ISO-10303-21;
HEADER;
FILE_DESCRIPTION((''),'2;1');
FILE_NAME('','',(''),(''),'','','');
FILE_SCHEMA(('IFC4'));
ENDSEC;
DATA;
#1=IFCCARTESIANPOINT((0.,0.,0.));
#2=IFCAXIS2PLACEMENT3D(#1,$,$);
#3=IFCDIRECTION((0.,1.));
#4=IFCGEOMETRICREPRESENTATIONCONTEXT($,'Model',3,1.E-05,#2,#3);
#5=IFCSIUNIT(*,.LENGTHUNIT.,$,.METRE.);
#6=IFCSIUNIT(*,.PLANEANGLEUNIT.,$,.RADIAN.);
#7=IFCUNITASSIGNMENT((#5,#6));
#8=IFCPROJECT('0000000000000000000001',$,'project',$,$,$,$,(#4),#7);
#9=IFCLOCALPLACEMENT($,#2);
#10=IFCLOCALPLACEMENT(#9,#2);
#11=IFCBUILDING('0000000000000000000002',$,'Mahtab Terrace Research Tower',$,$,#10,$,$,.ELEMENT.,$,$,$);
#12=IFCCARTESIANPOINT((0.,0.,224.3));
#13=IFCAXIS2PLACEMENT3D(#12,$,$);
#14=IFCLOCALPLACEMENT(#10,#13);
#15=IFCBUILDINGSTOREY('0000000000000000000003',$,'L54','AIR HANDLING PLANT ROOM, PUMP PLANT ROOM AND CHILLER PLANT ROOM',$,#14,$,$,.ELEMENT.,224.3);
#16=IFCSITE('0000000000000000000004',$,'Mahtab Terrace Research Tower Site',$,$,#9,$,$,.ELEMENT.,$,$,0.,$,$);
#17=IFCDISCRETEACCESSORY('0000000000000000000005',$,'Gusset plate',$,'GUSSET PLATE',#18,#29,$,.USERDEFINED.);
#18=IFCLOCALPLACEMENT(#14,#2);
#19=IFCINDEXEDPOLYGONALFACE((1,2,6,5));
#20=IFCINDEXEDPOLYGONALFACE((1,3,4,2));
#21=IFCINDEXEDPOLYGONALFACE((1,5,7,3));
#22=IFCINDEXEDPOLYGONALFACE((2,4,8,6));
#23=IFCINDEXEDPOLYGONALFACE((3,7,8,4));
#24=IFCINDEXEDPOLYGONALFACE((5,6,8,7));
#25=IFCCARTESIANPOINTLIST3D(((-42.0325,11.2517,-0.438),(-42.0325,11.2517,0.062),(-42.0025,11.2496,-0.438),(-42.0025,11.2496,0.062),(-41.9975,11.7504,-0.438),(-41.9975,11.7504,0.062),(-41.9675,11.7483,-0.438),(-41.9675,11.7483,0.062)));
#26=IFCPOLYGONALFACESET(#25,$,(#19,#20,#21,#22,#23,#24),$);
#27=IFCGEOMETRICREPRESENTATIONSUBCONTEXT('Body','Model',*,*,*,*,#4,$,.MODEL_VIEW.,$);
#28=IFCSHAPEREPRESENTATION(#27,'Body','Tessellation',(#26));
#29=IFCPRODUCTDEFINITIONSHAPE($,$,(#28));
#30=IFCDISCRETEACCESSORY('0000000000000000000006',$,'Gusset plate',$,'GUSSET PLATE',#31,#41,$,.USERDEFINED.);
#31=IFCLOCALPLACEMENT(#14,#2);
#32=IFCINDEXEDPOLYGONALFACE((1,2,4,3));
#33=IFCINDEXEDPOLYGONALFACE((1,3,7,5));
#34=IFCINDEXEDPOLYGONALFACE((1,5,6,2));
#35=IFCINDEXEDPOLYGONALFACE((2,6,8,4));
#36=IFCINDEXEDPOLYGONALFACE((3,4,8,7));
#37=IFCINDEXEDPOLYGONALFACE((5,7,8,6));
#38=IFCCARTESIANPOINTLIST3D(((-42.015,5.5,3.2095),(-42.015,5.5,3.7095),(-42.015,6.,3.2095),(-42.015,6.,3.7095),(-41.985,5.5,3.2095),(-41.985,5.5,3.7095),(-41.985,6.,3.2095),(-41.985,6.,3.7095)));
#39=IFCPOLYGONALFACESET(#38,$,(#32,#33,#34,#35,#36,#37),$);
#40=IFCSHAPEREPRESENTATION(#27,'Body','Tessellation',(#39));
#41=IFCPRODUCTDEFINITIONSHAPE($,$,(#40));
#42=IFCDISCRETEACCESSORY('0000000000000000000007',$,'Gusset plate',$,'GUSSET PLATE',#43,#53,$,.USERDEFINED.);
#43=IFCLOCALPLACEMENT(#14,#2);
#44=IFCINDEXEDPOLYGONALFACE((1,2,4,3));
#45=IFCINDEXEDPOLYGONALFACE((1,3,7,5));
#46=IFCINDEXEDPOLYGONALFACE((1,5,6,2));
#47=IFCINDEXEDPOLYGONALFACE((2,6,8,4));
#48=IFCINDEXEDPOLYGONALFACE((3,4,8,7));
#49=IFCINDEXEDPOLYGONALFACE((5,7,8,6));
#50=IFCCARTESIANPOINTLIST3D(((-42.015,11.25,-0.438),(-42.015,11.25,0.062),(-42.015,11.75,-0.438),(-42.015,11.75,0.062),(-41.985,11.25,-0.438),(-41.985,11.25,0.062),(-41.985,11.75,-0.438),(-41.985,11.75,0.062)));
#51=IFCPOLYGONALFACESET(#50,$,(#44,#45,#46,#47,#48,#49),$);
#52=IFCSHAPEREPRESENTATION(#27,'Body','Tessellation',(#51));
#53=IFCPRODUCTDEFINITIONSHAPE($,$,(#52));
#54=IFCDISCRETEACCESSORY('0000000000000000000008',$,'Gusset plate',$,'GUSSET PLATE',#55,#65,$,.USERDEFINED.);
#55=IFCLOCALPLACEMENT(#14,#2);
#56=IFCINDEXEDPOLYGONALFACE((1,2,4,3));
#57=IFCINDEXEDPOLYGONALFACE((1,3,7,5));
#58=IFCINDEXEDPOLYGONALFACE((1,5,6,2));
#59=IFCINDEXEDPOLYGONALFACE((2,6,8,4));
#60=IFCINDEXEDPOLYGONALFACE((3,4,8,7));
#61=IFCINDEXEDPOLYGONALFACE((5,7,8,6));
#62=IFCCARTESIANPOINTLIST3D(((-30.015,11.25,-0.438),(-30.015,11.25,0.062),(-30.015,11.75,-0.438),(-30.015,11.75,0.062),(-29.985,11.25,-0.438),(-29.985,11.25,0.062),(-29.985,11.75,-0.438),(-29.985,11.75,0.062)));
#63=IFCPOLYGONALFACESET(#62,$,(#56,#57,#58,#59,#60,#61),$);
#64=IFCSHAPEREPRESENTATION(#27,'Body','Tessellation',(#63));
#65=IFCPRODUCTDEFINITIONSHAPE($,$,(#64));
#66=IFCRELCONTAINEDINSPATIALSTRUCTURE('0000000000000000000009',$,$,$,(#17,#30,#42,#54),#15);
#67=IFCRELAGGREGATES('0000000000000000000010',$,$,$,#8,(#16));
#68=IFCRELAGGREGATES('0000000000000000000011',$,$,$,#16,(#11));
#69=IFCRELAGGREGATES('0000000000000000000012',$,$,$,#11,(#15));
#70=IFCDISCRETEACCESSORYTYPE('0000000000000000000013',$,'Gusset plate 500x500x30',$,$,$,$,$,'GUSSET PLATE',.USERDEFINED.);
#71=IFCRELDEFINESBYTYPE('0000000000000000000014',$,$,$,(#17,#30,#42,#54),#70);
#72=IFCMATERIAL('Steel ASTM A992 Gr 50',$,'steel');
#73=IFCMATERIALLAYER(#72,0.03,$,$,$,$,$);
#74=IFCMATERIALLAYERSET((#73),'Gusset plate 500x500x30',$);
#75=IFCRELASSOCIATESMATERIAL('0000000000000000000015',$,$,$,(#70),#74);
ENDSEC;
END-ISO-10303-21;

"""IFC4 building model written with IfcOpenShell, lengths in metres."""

from ifc_helpers import new_model, si_unit, direction, frame, origin, origin_2d, place, context, subcontext, project, spatial, rectangle, extrude, material, layer, layer_set, type_object, element, save


model = new_model("IFC4")

# Units and contexts
model_context = context("Model", 3, precision=1e-05, world=origin(), true_north=direction((0.0, 1.0)))
body_context = subcontext(model_context, "Body", "Model", "MODEL_VIEW")
ifc_project = project(units=[si_unit("LENGTHUNIT", "METRE"), si_unit("PLANEANGLEUNIT", "RADIAN")], contexts=[model_context])

# Site, building, storey
site_placement = place(None, origin())
site = spatial("IfcSite", under=ifc_project, at=site_placement, Name="Mahtab Terrace Research Tower Site", CompositionType="ELEMENT", RefElevation=0.0)
building_placement = place(site_placement, origin())
building = spatial("IfcBuilding", under=site, at=building_placement, Name="Mahtab Terrace Research Tower", CompositionType="ELEMENT")
storey_placement = place(building_placement, frame((0.0, 0.0, 224.3)))
storey = spatial("IfcBuildingStorey", under=building, at=storey_placement, Name="L54", Description="AIR HANDLING PLANT ROOM, PUMP PLANT ROOM AND CHILLER PLANT ROOM", CompositionType="ELEMENT", Elevation=224.3)

# Shared definitions
ifc_material_1 = material(Name="Steel ASTM A992 Gr 50", Category="steel")

# Discrete accessories
ifc_layer_1 = layer(ifc_material_1, 0.03)
ifc_layer_set_1 = layer_set([ifc_layer_1], Name="Gusset plate 500x500x30")
discrete_accessory_type_1 = type_object("IfcDiscreteAccessoryType", Name="Gusset plate 500x500x30", ElementType="GUSSET PLATE", PredefinedType="USERDEFINED", material=ifc_layer_set_1)
for number, where, z_axis, x_axis, name in (
    (1, (-42.0, 11.5, -0.438), (0.0, 0.0, 1.0), (0.070052, 0.997543, 0.0), "Gusset plate"),
    (2, (-42.0, 5.75, 3.2095), (0.0, 0.0, 1.0), (0.0, 1.0, 0.0), "Gusset plate"),
    (3, (-42.0, 11.5, -0.438), (0.0, 0.0, 1.0), (0.0, 1.0, 0.0), "Gusset plate"),
    (4, (-30.0, 11.5, -0.438), (0.0, 0.0, 1.0), (0.0, 1.0, 0.0), "Gusset plate"),
):
    element("IfcDiscreteAccessory", number, at=place(storey_placement, frame(where, z_axis=z_axis, x_axis=x_axis)), inside=storey, type_object=discrete_accessory_type_1, Name=name, ObjectType="GUSSET PLATE", PredefinedType="USERDEFINED", context=body_context, shape_type="SweptSolid", body=[
        extrude(rectangle(XDim=0.5, YDim=0.03, at=origin_2d()), origin(), (0.0, 0.0, 1.0), 0.5),
    ])

save(model, "model.ifc")
